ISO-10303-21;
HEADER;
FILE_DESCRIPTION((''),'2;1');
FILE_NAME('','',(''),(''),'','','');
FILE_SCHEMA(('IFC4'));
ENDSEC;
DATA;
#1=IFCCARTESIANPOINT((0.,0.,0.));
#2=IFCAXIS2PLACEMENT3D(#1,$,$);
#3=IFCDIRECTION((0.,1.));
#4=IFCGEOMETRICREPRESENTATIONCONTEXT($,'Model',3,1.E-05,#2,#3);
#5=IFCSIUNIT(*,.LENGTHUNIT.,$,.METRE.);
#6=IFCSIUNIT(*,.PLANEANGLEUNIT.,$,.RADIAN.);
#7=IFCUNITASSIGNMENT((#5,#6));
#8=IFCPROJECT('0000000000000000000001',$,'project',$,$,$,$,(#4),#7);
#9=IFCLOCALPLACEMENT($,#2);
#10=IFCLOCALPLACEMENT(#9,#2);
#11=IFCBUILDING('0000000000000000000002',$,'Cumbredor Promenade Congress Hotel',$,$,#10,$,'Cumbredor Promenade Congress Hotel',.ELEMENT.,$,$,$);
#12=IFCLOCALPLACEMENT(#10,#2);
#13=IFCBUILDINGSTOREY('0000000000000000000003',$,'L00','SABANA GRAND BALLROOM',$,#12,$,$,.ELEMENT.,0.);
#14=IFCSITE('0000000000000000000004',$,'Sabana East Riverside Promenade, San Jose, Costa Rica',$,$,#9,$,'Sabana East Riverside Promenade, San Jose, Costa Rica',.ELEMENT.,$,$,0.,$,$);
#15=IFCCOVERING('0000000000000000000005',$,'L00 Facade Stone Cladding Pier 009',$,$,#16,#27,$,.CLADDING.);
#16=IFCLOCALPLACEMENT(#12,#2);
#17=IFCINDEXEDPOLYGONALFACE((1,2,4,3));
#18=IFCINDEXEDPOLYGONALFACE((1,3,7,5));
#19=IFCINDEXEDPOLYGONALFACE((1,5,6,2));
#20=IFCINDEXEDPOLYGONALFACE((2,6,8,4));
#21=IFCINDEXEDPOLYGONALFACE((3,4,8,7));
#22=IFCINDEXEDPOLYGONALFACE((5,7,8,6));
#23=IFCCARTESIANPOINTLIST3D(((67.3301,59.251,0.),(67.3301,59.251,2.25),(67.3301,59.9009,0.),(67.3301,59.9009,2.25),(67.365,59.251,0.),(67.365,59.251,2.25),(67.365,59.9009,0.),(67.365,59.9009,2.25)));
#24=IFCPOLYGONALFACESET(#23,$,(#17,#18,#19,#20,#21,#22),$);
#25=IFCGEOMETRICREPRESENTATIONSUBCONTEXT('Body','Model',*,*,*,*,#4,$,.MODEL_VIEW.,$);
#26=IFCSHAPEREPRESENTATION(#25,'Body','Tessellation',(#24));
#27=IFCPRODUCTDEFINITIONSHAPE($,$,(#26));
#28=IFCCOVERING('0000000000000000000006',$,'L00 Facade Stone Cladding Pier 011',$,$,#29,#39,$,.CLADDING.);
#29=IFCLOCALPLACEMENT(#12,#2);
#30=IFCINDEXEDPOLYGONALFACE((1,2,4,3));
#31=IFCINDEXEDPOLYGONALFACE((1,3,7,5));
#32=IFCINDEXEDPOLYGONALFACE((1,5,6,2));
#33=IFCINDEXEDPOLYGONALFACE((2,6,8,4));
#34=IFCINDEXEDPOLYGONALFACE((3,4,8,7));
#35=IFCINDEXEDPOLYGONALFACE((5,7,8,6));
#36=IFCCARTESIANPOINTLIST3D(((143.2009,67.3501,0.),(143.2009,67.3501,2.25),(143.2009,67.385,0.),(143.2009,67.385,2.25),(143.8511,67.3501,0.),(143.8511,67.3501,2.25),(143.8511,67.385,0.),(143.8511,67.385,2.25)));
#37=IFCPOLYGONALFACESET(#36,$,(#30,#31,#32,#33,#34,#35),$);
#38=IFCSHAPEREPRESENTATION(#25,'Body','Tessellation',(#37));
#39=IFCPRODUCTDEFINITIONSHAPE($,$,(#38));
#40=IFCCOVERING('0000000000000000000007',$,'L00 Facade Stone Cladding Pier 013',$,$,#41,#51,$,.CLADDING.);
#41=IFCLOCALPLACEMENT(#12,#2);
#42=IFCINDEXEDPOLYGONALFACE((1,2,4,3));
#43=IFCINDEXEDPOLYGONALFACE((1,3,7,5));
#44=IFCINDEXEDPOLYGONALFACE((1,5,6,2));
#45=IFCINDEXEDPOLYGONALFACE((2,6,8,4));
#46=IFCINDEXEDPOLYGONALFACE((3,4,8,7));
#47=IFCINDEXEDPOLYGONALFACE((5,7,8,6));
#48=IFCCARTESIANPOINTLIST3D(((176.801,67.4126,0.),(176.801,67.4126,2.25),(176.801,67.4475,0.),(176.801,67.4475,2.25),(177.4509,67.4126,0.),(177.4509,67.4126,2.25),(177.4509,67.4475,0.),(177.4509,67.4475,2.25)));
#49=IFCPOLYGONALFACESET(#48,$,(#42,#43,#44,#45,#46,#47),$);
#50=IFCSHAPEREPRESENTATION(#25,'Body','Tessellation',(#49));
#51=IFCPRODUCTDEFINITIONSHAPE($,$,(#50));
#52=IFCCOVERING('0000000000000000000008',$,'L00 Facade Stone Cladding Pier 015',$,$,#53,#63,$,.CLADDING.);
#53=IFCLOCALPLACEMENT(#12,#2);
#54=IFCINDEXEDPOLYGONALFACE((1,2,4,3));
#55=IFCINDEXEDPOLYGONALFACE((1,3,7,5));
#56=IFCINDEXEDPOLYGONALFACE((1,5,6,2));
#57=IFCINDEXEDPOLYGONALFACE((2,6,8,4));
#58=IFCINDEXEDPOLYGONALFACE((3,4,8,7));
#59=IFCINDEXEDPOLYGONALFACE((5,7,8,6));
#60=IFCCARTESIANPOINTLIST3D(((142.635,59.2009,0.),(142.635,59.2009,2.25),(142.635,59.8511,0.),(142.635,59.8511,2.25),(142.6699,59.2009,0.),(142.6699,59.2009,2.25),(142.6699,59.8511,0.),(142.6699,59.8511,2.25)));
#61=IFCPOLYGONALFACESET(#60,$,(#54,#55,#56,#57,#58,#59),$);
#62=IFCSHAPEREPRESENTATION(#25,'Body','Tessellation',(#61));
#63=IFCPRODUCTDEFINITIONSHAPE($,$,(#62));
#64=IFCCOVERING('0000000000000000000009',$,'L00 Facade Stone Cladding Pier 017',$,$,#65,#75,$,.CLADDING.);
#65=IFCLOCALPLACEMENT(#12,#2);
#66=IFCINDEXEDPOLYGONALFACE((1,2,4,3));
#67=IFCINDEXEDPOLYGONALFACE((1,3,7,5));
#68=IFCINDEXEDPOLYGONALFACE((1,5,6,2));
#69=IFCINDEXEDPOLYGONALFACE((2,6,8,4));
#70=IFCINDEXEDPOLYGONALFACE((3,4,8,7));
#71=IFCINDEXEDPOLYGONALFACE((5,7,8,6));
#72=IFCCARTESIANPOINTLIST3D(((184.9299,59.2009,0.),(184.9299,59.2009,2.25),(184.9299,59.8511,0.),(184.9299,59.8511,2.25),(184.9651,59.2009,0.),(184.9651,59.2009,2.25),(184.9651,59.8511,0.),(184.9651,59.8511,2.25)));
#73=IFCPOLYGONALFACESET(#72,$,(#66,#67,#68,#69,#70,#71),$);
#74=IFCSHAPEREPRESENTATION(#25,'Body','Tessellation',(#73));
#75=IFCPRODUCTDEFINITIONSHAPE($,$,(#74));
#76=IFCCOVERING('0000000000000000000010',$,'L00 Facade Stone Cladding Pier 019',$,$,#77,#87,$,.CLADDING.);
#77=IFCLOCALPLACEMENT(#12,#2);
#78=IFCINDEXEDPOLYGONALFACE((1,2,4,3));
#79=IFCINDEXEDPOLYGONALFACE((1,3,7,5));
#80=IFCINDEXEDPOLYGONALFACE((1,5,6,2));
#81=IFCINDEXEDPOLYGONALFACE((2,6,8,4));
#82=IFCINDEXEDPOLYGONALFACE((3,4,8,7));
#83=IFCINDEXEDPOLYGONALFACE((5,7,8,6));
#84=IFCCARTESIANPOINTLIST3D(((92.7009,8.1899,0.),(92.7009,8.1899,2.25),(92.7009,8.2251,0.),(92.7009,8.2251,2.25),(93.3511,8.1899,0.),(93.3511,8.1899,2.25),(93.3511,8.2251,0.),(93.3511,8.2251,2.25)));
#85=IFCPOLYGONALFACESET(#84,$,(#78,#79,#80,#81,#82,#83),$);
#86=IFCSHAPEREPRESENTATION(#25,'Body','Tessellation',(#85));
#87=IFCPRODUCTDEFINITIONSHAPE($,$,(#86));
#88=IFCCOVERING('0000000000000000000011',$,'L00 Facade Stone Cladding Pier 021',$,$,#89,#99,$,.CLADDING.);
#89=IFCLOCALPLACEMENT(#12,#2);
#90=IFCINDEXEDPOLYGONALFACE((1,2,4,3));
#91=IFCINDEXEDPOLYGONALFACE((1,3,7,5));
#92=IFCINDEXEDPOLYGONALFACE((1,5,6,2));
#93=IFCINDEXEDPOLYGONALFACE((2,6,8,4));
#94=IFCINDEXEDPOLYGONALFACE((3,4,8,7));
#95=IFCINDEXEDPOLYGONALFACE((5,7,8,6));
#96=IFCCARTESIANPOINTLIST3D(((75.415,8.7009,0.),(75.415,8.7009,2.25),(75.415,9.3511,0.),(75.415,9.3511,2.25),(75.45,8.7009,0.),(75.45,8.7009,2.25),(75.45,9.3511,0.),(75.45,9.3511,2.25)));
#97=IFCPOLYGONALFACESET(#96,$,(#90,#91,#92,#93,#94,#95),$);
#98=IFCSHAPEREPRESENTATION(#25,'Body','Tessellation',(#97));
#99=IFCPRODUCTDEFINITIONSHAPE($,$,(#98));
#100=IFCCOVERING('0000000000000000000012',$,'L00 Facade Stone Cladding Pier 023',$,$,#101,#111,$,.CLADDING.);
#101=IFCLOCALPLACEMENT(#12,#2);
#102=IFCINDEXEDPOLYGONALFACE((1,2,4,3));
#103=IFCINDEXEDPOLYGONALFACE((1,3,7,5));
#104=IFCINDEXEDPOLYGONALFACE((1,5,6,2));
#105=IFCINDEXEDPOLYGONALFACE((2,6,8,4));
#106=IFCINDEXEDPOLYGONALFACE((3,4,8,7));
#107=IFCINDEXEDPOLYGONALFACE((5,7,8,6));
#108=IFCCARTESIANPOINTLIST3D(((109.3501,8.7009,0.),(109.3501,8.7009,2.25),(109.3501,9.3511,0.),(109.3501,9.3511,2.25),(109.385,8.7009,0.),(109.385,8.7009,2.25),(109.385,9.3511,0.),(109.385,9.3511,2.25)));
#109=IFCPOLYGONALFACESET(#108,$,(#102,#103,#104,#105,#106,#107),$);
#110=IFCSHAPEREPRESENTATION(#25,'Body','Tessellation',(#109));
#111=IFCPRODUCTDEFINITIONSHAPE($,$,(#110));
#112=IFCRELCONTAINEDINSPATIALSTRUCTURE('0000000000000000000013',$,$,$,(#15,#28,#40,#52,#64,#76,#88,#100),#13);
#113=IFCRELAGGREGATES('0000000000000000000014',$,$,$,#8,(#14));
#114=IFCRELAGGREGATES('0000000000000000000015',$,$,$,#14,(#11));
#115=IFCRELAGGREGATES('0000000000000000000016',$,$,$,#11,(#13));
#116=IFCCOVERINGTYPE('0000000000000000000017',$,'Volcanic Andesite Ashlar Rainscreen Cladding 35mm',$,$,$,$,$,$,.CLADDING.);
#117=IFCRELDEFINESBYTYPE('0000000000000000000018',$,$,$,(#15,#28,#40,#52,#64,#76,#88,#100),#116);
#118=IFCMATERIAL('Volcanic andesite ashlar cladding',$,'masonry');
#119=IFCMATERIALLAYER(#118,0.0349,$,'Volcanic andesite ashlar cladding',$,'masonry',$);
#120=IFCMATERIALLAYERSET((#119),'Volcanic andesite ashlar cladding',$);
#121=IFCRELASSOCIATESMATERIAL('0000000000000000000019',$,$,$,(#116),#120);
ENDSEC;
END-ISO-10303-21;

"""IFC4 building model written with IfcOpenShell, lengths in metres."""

from ifc_helpers import new_model, si_unit, direction, origin, place, context, subcontext, project, spatial, polyline, outline, extrude, material, layer, layer_set, type_object, element, save


model = new_model("IFC4")

# Units and contexts
model_context = context("Model", 3, precision=1e-05, world=origin(), true_north=direction((0.0, 1.0)))
body_context = subcontext(model_context, "Body", "Model", "MODEL_VIEW")
ifc_project = project(units=[si_unit("LENGTHUNIT", "METRE"), si_unit("PLANEANGLEUNIT", "RADIAN")], contexts=[model_context])

# Site, building, storey
site_placement = place(None, origin())
site = spatial("IfcSite", under=ifc_project, at=site_placement, Name="Sabana East Riverside Promenade, San Jose, Costa Rica", LongName="Sabana East Riverside Promenade, San Jose, Costa Rica", CompositionType="ELEMENT", RefElevation=0.0)
building_placement = place(site_placement, origin())
building = spatial("IfcBuilding", under=site, at=building_placement, Name="Cumbredor Promenade Congress Hotel", LongName="Cumbredor Promenade Congress Hotel", CompositionType="ELEMENT")
storey_placement = place(building_placement, origin())
storey = spatial("IfcBuildingStorey", under=building, at=storey_placement, Name="L00", Description="SABANA GRAND BALLROOM", CompositionType="ELEMENT", Elevation=0.0)

# Coverings
ifc_material_1 = material(Name="Volcanic andesite ashlar cladding", Category="masonry")
ifc_layer_1 = layer(ifc_material_1, 0.0349, Name="Volcanic andesite ashlar cladding", Category="masonry")
ifc_layer_set_1 = layer_set([ifc_layer_1], Name="Volcanic andesite ashlar cladding")
covering_type_1 = type_object("IfcCoveringType", Name="Volcanic Andesite Ashlar Rainscreen Cladding 35mm", PredefinedType="CLADDING", material=ifc_layer_set_1)
covering_1_placement = place(storey_placement, origin())
element("IfcCovering", 1, at=covering_1_placement, inside=storey, type_object=covering_type_1, Name="L00 Facade Stone Cladding Pier 009", PredefinedType="CLADDING", context=body_context, shape_type="SweptSolid", body=[
    extrude(outline(polyline([(67.3301, 59.251), (67.3301, 59.9009), (67.365, 59.9009), (67.365, 59.251), (67.3301, 59.251)])), origin(), (0.0, 0.0, 1.0), 2.25),
])
covering_2_placement = place(storey_placement, origin())
element("IfcCovering", 2, at=covering_2_placement, inside=storey, type_object=covering_type_1, Name="L00 Facade Stone Cladding Pier 011", PredefinedType="CLADDING", context=body_context, shape_type="SweptSolid", body=[
    extrude(outline(polyline([(143.2009, 67.3501), (143.8511, 67.3501), (143.8511, 67.385), (143.2009, 67.385), (143.2009, 67.3501)])), origin(), (0.0, 0.0, 1.0), 2.25),
])
covering_3_placement = place(storey_placement, origin())
element("IfcCovering", 3, at=covering_3_placement, inside=storey, type_object=covering_type_1, Name="L00 Facade Stone Cladding Pier 013", PredefinedType="CLADDING", context=body_context, shape_type="SweptSolid", body=[
    extrude(outline(polyline([(176.801, 67.4126), (177.4509, 67.4126), (177.4509, 67.4475), (176.801, 67.4475), (176.801, 67.4126)])), origin(), (0.0, 0.0, 1.0), 2.25),
])
covering_4_placement = place(storey_placement, origin())
element("IfcCovering", 4, at=covering_4_placement, inside=storey, type_object=covering_type_1, Name="L00 Facade Stone Cladding Pier 015", PredefinedType="CLADDING", context=body_context, shape_type="SweptSolid", body=[
    extrude(outline(polyline([(142.6699, 59.2009), (142.6699, 59.8511), (142.635, 59.8511), (142.635, 59.2009), (142.6699, 59.2009)])), origin(), (0.0, 0.0, 1.0), 2.25),
])
covering_5_placement = place(storey_placement, origin())
element("IfcCovering", 5, at=covering_5_placement, inside=storey, type_object=covering_type_1, Name="L00 Facade Stone Cladding Pier 017", PredefinedType="CLADDING", context=body_context, shape_type="SweptSolid", body=[
    extrude(outline(polyline([(184.9299, 59.2009), (184.9299, 59.8511), (184.9651, 59.8511), (184.9651, 59.2009), (184.9299, 59.2009)])), origin(), (0.0, 0.0, 1.0), 2.25),
])
covering_6_placement = place(storey_placement, origin())
element("IfcCovering", 6, at=covering_6_placement, inside=storey, type_object=covering_type_1, Name="L00 Facade Stone Cladding Pier 019", PredefinedType="CLADDING", context=body_context, shape_type="SweptSolid", body=[
    extrude(outline(polyline([(92.7009, 8.2251), (93.3511, 8.2251), (93.3511, 8.1899), (92.7009, 8.1899), (92.7009, 8.2251)])), origin(), (0.0, 0.0, 1.0), 2.25),
])
covering_7_placement = place(storey_placement, origin())
element("IfcCovering", 7, at=covering_7_placement, inside=storey, type_object=covering_type_1, Name="L00 Facade Stone Cladding Pier 021", PredefinedType="CLADDING", context=body_context, shape_type="SweptSolid", body=[
    extrude(outline(polyline([(75.45, 8.7009), (75.45, 9.3511), (75.415, 9.3511), (75.415, 8.7009), (75.45, 8.7009)])), origin(), (0.0, 0.0, 1.0), 2.25),
])
covering_8_placement = place(storey_placement, origin())
element("IfcCovering", 8, at=covering_8_placement, inside=storey, type_object=covering_type_1, Name="L00 Facade Stone Cladding Pier 023", PredefinedType="CLADDING", context=body_context, shape_type="SweptSolid", body=[
    extrude(outline(polyline([(109.3501, 8.7009), (109.3501, 9.3511), (109.385, 9.3511), (109.385, 8.7009), (109.3501, 8.7009)])), origin(), (0.0, 0.0, 1.0), 2.25),
])

save(model, "model.ifc")
